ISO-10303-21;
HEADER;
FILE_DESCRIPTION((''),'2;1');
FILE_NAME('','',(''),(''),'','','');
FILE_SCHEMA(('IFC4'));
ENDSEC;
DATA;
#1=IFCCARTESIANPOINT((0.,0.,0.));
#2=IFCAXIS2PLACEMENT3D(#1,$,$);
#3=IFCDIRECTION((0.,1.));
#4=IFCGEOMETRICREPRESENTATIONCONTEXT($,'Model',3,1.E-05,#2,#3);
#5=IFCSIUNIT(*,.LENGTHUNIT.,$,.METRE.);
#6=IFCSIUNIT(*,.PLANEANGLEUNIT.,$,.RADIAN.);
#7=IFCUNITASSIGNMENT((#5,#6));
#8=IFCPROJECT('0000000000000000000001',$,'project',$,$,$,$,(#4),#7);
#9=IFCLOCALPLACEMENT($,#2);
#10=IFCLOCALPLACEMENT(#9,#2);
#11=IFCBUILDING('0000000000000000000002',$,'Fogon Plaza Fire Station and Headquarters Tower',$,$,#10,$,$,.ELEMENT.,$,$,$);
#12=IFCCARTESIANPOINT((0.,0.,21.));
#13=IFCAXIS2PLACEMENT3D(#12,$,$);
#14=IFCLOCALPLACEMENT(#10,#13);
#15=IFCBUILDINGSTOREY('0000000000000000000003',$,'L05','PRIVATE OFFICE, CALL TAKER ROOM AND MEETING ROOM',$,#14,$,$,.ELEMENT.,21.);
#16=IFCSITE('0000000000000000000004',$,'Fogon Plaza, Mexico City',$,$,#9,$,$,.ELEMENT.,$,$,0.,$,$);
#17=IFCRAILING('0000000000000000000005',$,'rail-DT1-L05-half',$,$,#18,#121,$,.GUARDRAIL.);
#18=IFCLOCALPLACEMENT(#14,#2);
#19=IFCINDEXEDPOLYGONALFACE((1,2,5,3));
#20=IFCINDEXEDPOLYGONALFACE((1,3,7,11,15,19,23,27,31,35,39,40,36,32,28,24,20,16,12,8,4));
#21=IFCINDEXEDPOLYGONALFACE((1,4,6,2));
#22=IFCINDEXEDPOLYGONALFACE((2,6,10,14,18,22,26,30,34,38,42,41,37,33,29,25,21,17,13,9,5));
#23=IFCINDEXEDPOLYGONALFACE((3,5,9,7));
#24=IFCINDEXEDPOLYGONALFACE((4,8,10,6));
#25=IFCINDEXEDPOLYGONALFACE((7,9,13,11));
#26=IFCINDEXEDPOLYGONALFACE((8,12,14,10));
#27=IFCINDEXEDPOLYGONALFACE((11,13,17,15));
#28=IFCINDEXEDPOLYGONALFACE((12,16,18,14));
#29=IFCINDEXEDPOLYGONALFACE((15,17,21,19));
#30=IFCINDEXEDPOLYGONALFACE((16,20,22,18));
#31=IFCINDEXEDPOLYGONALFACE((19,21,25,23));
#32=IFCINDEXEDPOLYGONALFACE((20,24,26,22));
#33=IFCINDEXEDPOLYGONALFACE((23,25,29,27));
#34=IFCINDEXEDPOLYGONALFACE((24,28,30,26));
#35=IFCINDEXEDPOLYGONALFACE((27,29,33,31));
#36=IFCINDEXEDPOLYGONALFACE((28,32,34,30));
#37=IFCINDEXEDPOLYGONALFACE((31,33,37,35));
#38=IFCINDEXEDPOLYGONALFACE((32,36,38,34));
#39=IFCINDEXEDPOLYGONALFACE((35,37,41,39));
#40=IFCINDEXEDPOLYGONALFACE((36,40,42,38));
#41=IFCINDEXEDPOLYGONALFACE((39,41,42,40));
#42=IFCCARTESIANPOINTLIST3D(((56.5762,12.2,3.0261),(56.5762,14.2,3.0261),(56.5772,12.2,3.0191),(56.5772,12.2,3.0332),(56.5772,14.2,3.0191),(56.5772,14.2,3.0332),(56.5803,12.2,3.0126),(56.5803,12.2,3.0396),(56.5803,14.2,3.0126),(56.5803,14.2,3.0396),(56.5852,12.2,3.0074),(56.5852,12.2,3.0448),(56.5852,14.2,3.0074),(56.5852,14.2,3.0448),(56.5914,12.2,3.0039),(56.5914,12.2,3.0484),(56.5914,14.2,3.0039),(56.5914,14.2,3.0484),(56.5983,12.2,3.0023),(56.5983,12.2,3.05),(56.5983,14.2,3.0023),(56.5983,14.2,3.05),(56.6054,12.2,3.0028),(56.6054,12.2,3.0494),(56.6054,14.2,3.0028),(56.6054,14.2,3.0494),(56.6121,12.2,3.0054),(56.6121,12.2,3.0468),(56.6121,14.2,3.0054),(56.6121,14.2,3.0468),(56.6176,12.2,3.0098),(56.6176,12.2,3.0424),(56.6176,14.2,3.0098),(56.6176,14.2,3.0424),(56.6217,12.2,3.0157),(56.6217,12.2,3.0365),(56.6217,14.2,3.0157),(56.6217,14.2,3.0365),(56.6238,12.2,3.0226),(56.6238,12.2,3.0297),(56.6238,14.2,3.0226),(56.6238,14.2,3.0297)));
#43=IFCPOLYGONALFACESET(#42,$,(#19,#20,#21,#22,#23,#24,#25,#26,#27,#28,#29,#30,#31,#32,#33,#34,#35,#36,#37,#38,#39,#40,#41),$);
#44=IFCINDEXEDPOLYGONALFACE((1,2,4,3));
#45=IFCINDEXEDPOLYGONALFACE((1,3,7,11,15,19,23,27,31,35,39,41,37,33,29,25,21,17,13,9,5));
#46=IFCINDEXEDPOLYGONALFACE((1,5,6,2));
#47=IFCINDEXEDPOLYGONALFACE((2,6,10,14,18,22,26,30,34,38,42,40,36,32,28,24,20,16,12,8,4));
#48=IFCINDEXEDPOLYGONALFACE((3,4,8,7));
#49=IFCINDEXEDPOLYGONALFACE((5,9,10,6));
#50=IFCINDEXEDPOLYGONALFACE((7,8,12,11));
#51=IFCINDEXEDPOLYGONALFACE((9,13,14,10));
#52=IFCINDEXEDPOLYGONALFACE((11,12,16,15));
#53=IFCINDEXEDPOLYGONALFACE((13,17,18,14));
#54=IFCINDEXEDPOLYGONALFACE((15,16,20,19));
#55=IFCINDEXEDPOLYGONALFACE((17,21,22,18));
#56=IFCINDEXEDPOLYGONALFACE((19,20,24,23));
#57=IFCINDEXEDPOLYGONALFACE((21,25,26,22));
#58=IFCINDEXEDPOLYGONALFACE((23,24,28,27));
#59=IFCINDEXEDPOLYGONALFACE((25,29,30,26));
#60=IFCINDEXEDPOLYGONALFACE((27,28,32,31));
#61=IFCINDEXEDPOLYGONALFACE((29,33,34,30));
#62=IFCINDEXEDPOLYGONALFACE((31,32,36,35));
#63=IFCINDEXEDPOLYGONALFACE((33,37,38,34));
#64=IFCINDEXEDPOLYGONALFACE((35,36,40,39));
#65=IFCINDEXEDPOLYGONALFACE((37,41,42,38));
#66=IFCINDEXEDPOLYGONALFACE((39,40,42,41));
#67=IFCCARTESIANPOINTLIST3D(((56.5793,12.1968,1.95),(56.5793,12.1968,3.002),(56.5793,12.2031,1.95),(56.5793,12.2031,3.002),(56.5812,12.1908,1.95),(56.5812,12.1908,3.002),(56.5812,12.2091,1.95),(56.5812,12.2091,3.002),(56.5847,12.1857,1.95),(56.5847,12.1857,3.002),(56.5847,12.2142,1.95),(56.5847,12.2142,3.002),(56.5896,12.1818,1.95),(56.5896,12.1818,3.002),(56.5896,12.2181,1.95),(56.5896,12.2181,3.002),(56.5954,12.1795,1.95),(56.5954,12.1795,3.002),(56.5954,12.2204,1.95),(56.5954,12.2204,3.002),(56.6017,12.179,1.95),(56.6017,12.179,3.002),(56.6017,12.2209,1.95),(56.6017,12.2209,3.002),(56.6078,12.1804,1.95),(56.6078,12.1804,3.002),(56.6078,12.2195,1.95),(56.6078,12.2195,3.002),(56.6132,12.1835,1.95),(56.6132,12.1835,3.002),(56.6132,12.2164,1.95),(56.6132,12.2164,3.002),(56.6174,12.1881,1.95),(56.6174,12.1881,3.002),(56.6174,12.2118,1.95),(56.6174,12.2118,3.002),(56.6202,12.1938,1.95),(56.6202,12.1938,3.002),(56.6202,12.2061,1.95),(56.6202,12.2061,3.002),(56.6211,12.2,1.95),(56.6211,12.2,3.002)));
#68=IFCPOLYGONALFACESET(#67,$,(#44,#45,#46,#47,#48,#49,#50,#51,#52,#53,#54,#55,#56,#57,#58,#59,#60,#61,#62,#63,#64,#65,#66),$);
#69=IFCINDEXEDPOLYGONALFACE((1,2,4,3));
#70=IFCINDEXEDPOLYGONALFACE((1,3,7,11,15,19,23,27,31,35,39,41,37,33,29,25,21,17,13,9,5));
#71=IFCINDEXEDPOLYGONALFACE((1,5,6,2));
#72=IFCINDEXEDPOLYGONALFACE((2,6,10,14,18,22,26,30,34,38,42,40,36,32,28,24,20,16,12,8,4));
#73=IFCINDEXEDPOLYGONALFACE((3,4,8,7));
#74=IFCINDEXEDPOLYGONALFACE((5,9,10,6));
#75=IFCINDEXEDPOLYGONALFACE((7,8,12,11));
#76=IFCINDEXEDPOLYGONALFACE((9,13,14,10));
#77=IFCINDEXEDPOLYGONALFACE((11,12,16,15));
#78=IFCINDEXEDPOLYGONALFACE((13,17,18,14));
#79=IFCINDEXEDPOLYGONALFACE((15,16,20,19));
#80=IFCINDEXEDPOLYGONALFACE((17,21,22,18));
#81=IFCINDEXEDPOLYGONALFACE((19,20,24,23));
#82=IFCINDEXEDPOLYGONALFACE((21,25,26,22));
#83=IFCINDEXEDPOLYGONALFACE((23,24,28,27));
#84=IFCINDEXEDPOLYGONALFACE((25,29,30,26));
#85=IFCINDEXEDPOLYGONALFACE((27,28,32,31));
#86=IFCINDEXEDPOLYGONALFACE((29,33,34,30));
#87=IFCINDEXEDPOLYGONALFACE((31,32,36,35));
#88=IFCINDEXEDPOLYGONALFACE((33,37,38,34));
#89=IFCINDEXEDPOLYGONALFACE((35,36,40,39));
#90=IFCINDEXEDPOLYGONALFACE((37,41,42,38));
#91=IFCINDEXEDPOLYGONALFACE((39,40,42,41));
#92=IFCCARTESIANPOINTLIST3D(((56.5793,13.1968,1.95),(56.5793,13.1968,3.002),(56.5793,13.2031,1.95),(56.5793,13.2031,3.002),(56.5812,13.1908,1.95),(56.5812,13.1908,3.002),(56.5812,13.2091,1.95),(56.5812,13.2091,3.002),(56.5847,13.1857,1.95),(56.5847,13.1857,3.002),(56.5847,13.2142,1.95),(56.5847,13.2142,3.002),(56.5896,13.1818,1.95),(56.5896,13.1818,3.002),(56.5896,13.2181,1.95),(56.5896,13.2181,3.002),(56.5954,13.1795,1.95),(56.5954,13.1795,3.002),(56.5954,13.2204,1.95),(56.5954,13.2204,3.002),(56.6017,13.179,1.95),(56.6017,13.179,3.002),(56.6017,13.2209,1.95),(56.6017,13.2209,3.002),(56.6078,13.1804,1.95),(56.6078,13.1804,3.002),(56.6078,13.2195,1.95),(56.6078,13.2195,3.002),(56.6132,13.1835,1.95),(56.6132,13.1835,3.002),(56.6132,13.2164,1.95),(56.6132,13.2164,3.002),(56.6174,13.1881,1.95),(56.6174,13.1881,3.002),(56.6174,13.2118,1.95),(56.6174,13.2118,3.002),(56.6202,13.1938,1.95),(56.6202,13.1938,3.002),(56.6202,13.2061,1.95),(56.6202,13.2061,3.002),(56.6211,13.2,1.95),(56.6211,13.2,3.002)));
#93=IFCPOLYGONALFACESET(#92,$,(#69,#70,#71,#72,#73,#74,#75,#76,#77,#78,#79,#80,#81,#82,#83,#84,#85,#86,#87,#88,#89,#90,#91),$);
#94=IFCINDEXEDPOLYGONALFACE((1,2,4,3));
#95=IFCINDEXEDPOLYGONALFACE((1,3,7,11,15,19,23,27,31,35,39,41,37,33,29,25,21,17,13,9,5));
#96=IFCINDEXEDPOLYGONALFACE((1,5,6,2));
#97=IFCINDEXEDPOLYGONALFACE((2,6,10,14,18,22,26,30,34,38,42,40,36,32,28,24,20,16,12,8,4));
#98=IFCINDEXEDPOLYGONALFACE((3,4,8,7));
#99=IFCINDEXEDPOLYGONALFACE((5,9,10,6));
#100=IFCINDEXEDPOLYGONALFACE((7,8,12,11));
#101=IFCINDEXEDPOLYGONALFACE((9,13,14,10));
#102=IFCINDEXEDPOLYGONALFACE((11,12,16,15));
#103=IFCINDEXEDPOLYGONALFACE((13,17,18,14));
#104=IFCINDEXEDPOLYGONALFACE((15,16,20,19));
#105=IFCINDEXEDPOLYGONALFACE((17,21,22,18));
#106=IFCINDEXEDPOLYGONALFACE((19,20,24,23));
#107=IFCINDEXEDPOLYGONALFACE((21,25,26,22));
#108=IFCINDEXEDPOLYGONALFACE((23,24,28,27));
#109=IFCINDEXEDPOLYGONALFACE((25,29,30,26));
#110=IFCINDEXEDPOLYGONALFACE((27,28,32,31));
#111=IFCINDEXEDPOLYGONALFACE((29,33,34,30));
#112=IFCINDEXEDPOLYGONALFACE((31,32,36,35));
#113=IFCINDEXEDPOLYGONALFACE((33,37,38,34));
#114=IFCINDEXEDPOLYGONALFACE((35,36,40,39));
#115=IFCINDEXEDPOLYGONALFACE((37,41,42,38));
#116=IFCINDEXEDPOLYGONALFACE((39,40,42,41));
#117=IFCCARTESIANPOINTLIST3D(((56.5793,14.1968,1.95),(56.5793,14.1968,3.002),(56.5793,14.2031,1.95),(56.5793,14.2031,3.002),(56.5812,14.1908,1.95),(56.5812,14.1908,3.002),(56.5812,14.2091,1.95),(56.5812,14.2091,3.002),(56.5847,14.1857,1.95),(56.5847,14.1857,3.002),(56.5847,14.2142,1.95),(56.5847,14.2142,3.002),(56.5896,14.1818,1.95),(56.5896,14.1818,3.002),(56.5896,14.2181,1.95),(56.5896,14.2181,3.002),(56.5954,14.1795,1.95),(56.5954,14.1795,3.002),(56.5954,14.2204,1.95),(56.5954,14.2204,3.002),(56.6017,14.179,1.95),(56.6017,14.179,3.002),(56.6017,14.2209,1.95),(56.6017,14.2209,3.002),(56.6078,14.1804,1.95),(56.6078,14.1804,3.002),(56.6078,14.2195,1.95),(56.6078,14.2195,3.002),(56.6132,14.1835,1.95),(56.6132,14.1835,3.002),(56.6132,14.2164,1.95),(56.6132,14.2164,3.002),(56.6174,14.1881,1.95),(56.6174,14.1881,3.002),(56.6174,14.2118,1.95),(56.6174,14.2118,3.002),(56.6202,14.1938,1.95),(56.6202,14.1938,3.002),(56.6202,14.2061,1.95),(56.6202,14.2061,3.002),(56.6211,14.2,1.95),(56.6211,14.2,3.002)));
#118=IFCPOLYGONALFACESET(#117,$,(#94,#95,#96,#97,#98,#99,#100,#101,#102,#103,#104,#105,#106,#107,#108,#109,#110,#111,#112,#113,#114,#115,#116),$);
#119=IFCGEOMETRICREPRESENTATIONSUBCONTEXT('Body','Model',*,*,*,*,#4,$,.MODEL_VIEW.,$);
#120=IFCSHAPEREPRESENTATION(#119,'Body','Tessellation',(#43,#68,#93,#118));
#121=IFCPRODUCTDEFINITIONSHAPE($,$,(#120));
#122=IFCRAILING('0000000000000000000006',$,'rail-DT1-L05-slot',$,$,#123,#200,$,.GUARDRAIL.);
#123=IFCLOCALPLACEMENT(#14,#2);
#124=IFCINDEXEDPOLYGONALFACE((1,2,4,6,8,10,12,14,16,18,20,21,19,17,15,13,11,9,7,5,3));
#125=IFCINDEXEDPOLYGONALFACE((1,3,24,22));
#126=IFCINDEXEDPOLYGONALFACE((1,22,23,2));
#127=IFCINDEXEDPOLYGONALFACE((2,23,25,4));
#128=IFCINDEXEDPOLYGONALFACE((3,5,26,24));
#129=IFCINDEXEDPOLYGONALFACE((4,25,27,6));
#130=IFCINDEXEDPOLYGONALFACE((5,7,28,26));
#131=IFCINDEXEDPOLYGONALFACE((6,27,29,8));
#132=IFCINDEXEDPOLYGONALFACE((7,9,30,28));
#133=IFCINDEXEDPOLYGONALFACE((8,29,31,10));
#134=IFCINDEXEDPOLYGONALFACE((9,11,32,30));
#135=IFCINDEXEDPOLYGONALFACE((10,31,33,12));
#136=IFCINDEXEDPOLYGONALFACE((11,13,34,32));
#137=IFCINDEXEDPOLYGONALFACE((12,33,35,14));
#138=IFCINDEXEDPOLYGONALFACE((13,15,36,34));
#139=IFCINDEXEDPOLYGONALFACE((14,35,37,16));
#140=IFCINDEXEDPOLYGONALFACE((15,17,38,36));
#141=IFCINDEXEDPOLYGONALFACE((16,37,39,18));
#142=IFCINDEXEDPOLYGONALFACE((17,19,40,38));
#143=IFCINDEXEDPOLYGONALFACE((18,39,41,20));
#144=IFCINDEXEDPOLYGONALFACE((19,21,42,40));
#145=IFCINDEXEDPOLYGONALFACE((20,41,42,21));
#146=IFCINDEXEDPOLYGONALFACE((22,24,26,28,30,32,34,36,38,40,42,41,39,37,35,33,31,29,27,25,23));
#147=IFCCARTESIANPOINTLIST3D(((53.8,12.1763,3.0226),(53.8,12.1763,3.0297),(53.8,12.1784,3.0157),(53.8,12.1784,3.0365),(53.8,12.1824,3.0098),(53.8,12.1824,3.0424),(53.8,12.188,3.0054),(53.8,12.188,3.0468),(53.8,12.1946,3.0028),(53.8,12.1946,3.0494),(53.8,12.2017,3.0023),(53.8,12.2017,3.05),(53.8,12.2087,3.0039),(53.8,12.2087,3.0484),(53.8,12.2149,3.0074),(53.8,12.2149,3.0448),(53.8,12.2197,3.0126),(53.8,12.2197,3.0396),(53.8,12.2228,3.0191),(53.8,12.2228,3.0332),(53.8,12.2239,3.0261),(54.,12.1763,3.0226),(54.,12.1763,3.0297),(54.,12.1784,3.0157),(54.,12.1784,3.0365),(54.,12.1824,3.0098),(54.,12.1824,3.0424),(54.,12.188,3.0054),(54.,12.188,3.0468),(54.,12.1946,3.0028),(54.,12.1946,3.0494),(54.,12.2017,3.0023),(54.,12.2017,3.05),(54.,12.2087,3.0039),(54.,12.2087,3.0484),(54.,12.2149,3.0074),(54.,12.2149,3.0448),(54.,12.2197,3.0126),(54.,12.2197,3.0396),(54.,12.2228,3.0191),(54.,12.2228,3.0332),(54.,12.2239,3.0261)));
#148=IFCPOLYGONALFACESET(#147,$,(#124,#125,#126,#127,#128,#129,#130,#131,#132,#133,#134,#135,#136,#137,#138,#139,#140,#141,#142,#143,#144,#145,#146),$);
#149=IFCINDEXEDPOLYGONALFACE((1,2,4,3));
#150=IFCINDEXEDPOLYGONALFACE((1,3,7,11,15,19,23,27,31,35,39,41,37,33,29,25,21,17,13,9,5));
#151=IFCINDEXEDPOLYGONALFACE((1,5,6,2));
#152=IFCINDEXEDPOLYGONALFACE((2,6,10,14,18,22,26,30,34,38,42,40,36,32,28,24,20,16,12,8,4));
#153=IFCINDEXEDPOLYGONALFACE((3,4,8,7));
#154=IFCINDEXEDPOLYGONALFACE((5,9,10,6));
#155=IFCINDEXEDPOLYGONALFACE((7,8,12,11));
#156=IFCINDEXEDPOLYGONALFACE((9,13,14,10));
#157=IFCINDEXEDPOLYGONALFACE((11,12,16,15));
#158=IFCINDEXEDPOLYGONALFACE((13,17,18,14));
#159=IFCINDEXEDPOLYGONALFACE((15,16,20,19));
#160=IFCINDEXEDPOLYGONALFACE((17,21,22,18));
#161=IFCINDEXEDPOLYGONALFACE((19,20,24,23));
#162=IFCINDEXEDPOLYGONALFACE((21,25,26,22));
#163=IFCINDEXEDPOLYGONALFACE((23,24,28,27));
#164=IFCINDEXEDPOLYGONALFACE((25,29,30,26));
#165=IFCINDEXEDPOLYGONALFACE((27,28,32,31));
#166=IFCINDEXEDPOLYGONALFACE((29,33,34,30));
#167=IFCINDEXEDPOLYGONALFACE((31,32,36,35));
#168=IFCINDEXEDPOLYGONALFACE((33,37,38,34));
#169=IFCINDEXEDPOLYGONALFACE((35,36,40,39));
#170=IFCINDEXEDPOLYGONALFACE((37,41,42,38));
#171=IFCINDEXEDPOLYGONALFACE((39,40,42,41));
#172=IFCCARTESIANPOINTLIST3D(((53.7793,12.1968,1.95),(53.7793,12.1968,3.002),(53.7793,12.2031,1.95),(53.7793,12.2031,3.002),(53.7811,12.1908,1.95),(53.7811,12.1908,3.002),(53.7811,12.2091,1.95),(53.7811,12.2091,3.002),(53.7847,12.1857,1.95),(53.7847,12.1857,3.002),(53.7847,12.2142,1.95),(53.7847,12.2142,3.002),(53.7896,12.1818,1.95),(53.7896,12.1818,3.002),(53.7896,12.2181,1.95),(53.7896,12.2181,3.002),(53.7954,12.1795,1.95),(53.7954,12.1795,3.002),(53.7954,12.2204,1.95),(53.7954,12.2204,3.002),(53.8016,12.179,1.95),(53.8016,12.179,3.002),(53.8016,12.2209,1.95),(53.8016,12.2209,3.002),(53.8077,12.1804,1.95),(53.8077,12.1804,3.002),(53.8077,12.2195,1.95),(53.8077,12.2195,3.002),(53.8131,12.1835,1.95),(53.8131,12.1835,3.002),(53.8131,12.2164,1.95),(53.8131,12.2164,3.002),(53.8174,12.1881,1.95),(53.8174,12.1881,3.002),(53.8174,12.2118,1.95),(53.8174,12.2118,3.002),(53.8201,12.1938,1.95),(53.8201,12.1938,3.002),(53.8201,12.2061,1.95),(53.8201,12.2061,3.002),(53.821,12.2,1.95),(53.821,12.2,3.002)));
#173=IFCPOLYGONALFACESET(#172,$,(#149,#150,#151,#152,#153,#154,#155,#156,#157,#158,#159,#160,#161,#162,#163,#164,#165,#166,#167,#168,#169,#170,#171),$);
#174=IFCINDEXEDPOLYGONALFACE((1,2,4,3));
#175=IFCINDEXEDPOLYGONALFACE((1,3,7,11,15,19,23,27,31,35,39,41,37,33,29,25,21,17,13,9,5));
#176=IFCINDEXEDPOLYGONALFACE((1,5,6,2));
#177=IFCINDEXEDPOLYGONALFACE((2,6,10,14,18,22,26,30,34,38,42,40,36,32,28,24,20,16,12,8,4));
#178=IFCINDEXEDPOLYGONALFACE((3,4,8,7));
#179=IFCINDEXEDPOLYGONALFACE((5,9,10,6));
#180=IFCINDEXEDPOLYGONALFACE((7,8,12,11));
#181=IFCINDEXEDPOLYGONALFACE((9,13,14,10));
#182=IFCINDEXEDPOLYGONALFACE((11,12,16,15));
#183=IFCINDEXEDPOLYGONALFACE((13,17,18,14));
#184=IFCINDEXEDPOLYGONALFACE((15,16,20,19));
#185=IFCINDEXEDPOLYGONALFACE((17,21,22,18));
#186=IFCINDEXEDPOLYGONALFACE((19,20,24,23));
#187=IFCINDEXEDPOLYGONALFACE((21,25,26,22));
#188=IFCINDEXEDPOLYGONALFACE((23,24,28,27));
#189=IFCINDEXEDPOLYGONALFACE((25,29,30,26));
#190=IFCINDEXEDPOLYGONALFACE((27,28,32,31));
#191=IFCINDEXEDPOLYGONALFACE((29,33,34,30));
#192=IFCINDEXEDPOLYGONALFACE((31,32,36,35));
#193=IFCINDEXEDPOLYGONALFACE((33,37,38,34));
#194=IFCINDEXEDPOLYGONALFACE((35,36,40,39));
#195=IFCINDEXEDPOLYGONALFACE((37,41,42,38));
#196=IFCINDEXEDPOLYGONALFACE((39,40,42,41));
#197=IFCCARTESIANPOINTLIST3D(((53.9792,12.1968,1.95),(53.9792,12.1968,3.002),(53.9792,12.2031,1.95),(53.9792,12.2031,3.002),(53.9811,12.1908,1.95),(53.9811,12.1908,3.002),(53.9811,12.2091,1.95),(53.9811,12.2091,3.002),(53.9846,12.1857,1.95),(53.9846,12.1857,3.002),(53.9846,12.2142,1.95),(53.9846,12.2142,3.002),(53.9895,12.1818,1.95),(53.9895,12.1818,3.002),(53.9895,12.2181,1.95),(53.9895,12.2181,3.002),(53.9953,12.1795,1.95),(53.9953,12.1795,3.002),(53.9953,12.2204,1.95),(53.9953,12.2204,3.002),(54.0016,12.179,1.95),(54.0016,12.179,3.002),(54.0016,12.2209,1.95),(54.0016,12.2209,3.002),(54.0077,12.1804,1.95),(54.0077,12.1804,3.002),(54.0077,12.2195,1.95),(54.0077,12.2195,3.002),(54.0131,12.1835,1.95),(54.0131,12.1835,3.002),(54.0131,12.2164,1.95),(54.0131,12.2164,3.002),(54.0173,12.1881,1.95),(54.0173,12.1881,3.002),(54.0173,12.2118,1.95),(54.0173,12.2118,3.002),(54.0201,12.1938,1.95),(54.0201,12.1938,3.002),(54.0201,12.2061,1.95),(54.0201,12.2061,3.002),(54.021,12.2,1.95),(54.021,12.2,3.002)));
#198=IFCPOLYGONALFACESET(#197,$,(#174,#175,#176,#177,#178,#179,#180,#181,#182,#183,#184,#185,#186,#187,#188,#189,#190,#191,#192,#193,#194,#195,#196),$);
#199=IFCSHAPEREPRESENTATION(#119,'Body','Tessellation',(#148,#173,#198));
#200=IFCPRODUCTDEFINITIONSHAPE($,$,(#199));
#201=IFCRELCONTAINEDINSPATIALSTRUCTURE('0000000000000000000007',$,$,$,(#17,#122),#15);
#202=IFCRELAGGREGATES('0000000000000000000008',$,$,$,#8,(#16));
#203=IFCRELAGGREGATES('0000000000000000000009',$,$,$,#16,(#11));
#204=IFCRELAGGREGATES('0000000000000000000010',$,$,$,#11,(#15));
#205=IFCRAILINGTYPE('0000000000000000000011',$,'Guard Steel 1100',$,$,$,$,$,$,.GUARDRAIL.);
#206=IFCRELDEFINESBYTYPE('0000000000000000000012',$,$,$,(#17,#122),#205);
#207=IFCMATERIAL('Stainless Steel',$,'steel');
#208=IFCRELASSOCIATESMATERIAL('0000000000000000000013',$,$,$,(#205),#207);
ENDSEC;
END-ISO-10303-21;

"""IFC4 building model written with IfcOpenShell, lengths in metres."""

from ifc_helpers import new_model, si_unit, direction, frame, origin, origin_2d, place, context, subcontext, project, spatial, circle, extrude, material, type_object, element, save


model = new_model("IFC4")

# Units and contexts
model_context = context("Model", 3, precision=1e-05, world=origin(), true_north=direction((0.0, 1.0)))
body_context = subcontext(model_context, "Body", "Model", "MODEL_VIEW")
ifc_project = project(units=[si_unit("LENGTHUNIT", "METRE"), si_unit("PLANEANGLEUNIT", "RADIAN")], contexts=[model_context])

# Site, building, storey
site_placement = place(None, origin())
site = spatial("IfcSite", under=ifc_project, at=site_placement, Name="Fogon Plaza, Mexico City", CompositionType="ELEMENT", RefElevation=0.0)
building_placement = place(site_placement, origin())
building = spatial("IfcBuilding", under=site, at=building_placement, Name="Fogon Plaza Fire Station and Headquarters Tower", CompositionType="ELEMENT")
storey_placement = place(building_placement, frame((0.0, 0.0, 21.0)))
storey = spatial("IfcBuildingStorey", under=building, at=storey_placement, Name="L05", Description="PRIVATE OFFICE, CALL TAKER ROOM AND MEETING ROOM", CompositionType="ELEMENT", Elevation=21.0)

# Railings
ifc_material_1 = material(Name="Stainless Steel", Category="steel")
railing_type_1 = type_object("IfcRailingType", Name="Guard Steel 1100", PredefinedType="GUARDRAIL", material=ifc_material_1)
railing_1_placement = place(storey_placement, frame((56.6001, 12.2, 1.95)))
element("IfcRailing", 1, at=railing_1_placement, inside=storey, type_object=railing_type_1, Name="rail-DT1-L05-half", PredefinedType="GUARDRAIL", context=body_context, shape_type="SweptSolid", body=[
    extrude(circle(Radius=0.0239, at=origin_2d()), frame((0.0, 0.0, 1.0762), z_axis=(0.0, 1.0, 0.0), x_axis=(-1.0, 0.0, 0.0)), (0.0, 0.0, 1.0), 2.0),
    extrude(circle(Radius=0.021, at=origin_2d()), origin(), (0.0, 0.0, 1.0), 1.052),
    extrude(circle(Radius=0.021, at=origin_2d()), frame((0.0, 1.0, 0.0)), (0.0, 0.0, 1.0), 1.052),
    extrude(circle(Radius=0.021, at=origin_2d()), frame((0.0, 2.0, 0.0)), (0.0, 0.0, 1.0), 1.052),
])
railing_2_placement = place(storey_placement, frame((53.8, 12.2, 1.95)))
element("IfcRailing", 2, at=railing_2_placement, inside=storey, type_object=railing_type_1, Name="rail-DT1-L05-slot", PredefinedType="GUARDRAIL", context=body_context, shape_type="SweptSolid", body=[
    extrude(circle(Radius=0.0239, at=origin_2d()), frame((0.0, 0.0, 1.0762), z_axis=(1.0, 0.0, 0.0), x_axis=(0.0, 1.0, 0.0)), (0.0, 0.0, 1.0), 0.2),
    extrude(circle(Radius=0.021, at=origin_2d()), origin(), (0.0, 0.0, 1.0), 1.052),
    extrude(circle(Radius=0.021, at=origin_2d()), frame((0.2, 0.0, 0.0)), (0.0, 0.0, 1.0), 1.052),
])

save(model, "model.ifc")
